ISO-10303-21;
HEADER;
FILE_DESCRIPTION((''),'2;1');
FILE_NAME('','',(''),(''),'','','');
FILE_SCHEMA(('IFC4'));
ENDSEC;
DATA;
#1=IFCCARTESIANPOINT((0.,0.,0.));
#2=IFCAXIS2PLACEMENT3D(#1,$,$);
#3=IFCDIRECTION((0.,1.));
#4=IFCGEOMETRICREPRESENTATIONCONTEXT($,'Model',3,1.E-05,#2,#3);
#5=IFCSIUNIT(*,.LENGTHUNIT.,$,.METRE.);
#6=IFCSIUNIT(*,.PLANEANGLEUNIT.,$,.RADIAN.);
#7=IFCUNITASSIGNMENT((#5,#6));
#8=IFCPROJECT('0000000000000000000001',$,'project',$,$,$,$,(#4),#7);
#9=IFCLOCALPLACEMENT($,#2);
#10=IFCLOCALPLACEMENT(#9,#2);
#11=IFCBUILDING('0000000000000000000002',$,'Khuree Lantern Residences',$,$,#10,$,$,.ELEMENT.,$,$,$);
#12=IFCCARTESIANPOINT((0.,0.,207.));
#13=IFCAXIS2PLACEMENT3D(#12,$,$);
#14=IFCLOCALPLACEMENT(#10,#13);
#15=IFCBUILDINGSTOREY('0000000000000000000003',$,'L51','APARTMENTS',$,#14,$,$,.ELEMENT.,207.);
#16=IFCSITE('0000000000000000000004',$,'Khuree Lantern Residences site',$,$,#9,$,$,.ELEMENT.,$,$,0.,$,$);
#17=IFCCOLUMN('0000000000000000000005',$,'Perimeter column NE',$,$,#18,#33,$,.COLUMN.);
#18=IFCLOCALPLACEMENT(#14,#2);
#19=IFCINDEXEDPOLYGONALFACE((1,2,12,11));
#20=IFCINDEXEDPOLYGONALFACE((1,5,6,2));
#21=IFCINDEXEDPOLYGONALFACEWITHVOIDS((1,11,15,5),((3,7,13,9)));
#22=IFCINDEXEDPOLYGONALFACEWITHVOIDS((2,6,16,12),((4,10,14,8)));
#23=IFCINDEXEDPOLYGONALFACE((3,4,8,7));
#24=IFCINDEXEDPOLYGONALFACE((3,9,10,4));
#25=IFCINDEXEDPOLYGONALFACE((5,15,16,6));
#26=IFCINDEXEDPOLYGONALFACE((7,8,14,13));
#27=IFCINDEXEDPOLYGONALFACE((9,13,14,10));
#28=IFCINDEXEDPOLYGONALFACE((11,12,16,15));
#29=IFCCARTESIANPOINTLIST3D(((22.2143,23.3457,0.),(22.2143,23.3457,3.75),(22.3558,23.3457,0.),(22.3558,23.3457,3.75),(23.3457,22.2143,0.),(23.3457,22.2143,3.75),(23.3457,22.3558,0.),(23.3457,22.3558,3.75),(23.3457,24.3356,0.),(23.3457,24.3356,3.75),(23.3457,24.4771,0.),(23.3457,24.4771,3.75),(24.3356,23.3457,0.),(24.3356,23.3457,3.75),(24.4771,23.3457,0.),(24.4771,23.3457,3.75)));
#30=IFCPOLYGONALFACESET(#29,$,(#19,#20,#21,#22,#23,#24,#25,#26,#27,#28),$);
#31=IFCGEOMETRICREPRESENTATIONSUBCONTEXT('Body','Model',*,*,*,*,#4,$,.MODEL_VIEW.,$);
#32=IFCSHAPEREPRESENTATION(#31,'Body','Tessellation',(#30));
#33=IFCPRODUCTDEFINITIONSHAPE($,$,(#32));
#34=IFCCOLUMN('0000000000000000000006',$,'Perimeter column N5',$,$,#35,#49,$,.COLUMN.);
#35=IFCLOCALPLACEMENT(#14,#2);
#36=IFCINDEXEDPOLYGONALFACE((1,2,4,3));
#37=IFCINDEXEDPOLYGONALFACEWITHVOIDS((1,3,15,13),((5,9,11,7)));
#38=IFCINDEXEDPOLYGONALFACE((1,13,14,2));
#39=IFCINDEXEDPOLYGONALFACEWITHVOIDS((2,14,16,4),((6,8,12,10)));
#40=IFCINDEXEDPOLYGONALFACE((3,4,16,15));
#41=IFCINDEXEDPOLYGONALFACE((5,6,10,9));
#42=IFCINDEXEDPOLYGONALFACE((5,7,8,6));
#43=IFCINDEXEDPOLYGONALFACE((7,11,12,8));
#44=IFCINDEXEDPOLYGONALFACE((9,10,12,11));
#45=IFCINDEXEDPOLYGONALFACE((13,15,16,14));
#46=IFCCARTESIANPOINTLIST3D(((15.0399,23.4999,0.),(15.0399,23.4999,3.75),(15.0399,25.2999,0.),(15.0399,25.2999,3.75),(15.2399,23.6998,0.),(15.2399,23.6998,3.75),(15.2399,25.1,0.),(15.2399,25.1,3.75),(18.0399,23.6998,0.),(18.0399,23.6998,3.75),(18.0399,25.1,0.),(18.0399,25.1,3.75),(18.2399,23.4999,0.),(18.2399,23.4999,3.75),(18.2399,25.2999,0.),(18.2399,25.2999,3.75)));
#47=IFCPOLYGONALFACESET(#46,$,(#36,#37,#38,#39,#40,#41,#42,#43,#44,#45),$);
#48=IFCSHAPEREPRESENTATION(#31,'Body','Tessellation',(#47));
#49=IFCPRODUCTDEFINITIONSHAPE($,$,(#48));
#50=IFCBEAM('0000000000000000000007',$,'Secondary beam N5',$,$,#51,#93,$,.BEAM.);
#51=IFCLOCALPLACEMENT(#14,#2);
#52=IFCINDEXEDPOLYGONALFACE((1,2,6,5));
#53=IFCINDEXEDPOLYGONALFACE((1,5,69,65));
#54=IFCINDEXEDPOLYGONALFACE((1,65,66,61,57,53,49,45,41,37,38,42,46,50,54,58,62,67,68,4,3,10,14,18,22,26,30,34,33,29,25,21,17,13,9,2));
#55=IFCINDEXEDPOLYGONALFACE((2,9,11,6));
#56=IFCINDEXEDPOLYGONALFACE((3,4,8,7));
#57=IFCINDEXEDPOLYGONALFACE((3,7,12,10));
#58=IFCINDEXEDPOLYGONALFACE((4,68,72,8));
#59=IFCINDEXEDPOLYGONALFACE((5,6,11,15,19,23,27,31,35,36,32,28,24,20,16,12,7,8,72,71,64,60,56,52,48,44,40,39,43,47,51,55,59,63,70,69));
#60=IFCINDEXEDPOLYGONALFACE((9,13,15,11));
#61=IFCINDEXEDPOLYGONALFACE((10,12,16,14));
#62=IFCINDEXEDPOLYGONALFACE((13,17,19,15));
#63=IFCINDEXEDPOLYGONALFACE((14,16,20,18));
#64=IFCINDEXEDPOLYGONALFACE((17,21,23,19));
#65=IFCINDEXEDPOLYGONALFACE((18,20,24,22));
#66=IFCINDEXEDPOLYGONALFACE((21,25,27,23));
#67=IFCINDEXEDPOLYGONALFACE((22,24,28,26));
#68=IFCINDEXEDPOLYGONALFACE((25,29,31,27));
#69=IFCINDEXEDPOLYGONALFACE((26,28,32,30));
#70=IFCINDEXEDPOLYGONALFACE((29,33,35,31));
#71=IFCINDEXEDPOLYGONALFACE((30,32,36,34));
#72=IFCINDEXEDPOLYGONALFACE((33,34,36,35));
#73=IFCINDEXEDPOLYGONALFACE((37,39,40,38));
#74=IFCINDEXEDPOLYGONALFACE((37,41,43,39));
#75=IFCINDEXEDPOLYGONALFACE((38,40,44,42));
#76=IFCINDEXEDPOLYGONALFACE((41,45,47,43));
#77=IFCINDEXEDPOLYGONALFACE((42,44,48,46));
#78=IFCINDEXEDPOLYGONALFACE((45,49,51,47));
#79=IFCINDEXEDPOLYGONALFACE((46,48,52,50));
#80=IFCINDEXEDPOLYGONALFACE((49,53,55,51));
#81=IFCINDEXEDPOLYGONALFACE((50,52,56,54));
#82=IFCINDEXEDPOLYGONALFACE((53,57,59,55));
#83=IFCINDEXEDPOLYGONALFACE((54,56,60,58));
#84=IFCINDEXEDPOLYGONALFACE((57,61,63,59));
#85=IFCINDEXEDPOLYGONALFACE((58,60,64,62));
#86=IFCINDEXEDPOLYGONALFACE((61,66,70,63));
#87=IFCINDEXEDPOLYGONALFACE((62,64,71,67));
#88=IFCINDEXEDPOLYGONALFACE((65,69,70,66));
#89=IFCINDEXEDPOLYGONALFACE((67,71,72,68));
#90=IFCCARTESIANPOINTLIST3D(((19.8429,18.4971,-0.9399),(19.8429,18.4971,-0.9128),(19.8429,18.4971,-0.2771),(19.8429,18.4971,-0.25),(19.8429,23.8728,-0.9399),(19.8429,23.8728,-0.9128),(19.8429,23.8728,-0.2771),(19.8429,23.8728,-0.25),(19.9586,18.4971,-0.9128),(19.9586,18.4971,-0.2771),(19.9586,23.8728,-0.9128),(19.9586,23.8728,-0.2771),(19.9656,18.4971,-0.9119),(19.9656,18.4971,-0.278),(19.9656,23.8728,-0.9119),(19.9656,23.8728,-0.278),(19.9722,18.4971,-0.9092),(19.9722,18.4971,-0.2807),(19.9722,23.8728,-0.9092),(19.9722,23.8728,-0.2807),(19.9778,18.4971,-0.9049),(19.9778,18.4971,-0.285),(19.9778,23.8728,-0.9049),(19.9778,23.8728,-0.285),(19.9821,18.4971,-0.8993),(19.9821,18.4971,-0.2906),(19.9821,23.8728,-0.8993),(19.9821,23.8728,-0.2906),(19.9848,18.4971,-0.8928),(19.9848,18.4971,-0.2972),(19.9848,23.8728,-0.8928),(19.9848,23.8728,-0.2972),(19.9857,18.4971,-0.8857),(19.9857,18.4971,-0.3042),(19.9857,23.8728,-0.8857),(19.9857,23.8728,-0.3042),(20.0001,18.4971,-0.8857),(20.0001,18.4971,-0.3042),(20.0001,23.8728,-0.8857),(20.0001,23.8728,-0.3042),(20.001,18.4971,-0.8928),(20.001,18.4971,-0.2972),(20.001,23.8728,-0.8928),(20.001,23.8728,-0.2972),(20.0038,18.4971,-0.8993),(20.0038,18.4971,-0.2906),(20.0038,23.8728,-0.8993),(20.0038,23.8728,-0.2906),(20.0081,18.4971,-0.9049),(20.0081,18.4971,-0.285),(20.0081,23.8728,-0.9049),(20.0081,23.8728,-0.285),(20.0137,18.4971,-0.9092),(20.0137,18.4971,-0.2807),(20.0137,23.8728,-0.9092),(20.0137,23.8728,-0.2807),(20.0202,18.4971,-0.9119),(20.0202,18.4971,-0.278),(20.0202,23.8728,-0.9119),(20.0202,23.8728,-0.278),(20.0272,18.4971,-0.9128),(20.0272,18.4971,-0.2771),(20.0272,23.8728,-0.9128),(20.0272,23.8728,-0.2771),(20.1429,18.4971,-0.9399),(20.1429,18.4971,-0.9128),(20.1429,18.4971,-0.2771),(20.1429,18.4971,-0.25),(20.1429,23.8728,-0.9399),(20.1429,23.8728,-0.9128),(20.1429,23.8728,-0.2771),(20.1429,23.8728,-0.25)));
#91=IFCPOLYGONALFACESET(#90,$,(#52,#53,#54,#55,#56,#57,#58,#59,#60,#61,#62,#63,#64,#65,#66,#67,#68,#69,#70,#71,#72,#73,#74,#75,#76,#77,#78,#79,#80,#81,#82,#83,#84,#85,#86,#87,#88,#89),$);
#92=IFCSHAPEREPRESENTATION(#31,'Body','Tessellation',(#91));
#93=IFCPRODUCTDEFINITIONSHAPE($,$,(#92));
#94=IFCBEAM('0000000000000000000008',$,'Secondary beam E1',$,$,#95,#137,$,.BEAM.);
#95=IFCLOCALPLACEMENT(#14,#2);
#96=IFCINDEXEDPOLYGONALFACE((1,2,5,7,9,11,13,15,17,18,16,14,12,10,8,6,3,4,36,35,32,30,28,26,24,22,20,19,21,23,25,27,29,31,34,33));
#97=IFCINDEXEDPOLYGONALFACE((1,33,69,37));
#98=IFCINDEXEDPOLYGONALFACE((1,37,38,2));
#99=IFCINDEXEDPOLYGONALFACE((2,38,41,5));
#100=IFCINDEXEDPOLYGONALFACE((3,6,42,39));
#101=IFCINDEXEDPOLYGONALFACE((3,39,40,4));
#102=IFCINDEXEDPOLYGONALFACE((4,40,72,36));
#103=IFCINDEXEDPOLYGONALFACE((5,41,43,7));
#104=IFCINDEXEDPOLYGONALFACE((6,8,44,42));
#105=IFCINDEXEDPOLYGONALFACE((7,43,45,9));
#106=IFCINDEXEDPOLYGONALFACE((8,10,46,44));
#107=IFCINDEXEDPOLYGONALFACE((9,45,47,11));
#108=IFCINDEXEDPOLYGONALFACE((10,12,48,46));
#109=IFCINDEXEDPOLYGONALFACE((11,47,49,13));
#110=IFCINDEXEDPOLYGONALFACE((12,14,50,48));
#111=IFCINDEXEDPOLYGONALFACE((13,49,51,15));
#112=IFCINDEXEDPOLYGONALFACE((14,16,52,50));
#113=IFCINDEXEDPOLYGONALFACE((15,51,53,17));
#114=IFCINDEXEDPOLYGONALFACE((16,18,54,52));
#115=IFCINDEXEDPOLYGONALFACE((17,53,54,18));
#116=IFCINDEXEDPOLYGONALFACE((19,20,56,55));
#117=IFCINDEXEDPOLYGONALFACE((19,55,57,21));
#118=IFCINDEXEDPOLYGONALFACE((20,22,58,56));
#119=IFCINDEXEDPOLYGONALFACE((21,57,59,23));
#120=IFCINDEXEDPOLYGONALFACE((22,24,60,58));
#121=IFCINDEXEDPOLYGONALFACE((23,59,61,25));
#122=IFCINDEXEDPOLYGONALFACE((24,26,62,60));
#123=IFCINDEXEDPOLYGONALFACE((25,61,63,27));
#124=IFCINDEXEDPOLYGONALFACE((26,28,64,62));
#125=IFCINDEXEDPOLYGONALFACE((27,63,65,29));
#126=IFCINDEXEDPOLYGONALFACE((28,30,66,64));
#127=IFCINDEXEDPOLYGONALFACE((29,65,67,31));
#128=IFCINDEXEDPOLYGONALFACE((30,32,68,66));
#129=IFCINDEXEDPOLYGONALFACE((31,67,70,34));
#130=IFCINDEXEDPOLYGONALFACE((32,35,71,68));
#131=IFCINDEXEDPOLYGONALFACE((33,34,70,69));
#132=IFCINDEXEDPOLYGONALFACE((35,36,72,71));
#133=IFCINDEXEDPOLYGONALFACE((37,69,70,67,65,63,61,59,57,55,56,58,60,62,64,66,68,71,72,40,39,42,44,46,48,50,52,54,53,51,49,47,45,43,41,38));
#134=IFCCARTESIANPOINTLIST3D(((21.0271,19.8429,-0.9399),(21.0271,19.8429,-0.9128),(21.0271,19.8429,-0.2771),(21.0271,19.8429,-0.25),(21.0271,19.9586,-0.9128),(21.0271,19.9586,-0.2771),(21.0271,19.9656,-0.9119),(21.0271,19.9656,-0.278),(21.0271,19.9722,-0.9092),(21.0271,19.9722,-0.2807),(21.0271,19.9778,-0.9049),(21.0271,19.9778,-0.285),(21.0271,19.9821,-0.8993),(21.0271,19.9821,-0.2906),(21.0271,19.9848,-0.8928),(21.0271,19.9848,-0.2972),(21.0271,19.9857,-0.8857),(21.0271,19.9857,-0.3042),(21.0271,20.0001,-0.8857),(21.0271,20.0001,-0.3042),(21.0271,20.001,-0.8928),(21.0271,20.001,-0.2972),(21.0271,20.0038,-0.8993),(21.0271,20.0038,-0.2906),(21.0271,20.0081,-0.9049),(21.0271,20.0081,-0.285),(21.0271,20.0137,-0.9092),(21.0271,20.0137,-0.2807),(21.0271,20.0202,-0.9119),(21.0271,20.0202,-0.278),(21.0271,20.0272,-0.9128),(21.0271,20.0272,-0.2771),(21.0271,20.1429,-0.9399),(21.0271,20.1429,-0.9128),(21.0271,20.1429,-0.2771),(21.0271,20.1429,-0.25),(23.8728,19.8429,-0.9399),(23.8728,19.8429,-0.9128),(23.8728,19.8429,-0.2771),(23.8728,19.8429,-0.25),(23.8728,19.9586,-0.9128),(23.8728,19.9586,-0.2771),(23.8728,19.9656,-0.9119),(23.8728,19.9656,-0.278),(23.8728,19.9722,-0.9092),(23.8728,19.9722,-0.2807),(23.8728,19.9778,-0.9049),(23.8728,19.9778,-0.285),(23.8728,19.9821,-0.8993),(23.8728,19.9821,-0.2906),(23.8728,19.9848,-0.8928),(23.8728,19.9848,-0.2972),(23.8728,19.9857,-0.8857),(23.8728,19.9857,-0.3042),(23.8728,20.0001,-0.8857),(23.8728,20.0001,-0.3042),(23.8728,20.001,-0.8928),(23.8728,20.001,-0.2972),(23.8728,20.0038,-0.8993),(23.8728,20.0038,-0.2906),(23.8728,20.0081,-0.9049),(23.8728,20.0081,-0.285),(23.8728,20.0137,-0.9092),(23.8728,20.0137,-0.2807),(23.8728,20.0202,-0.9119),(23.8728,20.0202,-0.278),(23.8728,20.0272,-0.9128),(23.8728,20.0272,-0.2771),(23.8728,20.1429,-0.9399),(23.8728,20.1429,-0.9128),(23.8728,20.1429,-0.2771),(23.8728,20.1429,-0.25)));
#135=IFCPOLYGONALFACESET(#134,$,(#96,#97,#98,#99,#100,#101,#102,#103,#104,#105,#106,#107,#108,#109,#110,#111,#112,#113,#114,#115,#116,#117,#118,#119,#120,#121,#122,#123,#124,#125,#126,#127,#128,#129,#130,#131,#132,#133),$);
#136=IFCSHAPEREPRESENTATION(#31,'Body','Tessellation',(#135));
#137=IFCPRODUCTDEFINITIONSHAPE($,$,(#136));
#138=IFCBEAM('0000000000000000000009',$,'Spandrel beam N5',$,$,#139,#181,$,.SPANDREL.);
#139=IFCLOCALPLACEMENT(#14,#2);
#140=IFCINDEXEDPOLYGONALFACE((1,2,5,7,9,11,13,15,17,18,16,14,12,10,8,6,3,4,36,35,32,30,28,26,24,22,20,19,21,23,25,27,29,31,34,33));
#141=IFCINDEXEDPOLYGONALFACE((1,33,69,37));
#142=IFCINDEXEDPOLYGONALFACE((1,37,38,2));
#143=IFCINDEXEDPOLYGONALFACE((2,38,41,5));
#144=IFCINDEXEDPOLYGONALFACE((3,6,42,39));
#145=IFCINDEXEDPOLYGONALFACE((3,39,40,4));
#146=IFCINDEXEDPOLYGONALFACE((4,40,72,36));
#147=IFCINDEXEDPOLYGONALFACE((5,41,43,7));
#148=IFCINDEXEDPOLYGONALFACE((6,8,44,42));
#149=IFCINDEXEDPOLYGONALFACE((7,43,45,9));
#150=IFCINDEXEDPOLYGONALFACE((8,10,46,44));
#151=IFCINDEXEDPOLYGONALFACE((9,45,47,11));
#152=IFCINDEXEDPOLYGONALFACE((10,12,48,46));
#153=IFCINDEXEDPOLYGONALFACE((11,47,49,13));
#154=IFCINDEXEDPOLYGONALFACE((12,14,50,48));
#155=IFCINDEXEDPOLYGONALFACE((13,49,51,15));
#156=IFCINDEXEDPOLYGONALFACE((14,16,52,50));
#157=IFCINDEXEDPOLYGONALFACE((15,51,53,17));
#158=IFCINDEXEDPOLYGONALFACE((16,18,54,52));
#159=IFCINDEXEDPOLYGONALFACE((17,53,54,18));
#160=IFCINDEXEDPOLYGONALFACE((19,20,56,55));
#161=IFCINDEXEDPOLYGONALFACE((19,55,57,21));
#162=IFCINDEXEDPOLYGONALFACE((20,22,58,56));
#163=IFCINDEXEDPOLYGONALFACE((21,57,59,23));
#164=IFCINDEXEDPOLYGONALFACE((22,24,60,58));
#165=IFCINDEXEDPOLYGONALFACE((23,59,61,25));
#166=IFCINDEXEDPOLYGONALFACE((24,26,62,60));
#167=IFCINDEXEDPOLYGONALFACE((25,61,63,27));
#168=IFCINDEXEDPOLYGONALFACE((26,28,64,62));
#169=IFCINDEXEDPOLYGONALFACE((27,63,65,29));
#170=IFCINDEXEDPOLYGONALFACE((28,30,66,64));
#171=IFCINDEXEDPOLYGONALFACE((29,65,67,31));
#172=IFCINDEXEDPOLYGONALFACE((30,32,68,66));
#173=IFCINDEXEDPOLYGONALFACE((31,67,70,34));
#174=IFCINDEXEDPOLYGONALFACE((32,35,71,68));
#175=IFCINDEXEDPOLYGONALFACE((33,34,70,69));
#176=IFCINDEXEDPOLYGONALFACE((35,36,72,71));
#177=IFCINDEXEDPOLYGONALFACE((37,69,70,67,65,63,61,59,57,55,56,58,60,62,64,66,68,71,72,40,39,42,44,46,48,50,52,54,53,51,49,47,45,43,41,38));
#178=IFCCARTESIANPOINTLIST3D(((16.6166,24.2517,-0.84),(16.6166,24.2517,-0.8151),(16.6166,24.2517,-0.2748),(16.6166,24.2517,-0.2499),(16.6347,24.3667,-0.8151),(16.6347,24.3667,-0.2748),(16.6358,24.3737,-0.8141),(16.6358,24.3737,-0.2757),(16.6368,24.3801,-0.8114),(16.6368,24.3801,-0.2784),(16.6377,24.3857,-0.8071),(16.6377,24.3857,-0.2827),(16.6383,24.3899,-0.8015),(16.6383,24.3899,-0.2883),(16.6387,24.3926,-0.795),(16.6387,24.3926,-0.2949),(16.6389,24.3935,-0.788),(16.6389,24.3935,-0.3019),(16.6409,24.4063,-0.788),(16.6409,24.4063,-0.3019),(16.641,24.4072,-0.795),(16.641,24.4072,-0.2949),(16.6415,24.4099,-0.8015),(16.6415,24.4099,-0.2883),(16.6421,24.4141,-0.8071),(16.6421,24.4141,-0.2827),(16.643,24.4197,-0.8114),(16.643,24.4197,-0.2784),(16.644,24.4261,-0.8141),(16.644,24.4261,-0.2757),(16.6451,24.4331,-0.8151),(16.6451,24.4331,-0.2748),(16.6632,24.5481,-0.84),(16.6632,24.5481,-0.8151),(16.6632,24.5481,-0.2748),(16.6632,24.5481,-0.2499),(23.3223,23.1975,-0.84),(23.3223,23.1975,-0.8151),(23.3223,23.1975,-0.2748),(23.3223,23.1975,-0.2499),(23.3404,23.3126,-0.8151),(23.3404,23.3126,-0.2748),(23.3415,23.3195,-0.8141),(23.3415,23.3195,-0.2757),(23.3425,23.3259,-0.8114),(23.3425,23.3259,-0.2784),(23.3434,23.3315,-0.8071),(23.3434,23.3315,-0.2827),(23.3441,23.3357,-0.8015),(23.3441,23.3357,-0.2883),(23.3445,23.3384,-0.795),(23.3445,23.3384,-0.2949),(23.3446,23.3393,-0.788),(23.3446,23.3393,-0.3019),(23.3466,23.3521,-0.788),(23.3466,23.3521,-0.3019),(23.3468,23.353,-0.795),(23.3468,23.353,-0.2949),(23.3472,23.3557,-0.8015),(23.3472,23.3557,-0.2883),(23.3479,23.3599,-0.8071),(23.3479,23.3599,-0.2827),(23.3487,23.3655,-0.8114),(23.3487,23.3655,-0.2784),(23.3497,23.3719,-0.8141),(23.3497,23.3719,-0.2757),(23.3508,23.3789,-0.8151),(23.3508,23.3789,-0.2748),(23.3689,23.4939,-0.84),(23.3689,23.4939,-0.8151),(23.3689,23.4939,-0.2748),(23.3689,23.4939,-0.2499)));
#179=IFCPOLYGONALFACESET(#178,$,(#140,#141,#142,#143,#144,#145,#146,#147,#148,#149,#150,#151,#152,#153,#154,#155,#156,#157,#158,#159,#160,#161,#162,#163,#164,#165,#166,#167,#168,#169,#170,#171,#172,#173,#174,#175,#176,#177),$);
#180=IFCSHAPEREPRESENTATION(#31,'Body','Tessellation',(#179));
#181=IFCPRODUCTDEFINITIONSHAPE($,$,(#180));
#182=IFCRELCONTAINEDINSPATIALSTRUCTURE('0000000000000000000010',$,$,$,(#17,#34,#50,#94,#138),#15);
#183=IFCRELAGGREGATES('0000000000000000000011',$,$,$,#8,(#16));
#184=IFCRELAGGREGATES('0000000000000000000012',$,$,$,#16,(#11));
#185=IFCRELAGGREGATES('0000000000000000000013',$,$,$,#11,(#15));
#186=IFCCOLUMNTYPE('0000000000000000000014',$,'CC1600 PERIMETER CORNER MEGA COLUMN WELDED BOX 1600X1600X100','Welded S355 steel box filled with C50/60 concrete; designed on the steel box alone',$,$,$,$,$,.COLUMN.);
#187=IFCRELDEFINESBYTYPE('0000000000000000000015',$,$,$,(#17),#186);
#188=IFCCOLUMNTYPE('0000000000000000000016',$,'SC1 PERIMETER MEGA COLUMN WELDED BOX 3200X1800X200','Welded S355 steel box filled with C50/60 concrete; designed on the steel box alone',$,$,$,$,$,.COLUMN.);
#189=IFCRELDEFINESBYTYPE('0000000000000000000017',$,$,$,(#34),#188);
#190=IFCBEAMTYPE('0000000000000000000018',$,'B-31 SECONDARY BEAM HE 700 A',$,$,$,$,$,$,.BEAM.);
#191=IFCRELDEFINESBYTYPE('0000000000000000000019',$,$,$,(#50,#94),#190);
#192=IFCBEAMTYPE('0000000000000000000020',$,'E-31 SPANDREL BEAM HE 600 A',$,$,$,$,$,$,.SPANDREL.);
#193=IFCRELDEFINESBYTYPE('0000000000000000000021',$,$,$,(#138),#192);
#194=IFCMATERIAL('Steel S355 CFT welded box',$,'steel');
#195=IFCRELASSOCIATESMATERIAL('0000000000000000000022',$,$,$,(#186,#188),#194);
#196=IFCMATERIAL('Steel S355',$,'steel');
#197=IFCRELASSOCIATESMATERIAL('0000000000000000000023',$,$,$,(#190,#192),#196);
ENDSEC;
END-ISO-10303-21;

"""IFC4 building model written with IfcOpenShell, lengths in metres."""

from ifc_helpers import new_model, si_unit, direction, frame, origin, origin_2d, place, context, subcontext, project, spatial, hollow_rectangle, i_section, extrude, material, material_profile, profile_set, type_object, element, save


model = new_model("IFC4")

# Units and contexts
model_context = context("Model", 3, precision=1e-05, world=origin(), true_north=direction((0.0, 1.0)))
body_context = subcontext(model_context, "Body", "Model", "MODEL_VIEW")
ifc_project = project(units=[si_unit("LENGTHUNIT", "METRE"), si_unit("PLANEANGLEUNIT", "RADIAN")], contexts=[model_context])

# Site, building, storey
site_placement = place(None, origin())
site = spatial("IfcSite", under=ifc_project, at=site_placement, Name="Khuree Lantern Residences site", CompositionType="ELEMENT", RefElevation=0.0)
building_placement = place(site_placement, origin())
building = spatial("IfcBuilding", under=site, at=building_placement, Name="Khuree Lantern Residences", CompositionType="ELEMENT")
storey_placement = place(building_placement, frame((0.0, 0.0, 207.0)))
storey = spatial("IfcBuildingStorey", under=building, at=storey_placement, Name="L51", Description="APARTMENTS", CompositionType="ELEMENT", Elevation=207.0)

# Columns
ifc_material_1 = material(Name="Steel S355 CFT welded box", Category="steel")
ifc_material_profile_1 = material_profile(ifc_material_1, hollow_rectangle(XDim=1.6001, YDim=1.6001, WallThickness=0.1001, at=origin_2d()), Name="WELDED BOX 1600X1600X100")
ifc_profile_set_1 = profile_set([ifc_material_profile_1], Name="Steel S355 CFT welded box")
column_type_1 = type_object("IfcColumnType", Name="CC1600 PERIMETER CORNER MEGA COLUMN WELDED BOX 1600X1600X100", Description="Welded S355 steel box filled with C50/60 concrete; designed on the steel box alone", PredefinedType="COLUMN", material=ifc_profile_set_1)
column_1_placement = place(storey_placement, frame((23.3457, 23.3457, 0.0), z_axis=(0.0, 0.0, 1.0), x_axis=(0.707107, -0.707107, 0.0)))
element("IfcColumn", 1, at=column_1_placement, inside=storey, type_object=column_type_1, Name="Perimeter column NE", PredefinedType="COLUMN", context=body_context, shape_type="SweptSolid", body=[
    extrude(hollow_rectangle(XDim=1.6001, YDim=1.6001, WallThickness=0.1001, at=origin_2d()), origin(), (0.0, 0.0, 1.0), 3.75),
])
ifc_material_profile_2 = material_profile(ifc_material_1, hollow_rectangle(XDim=3.2, YDim=1.8, WallThickness=0.2, at=origin_2d()), Name="WELDED BOX 3200X1800X200")
ifc_profile_set_2 = profile_set([ifc_material_profile_2], Name="Steel S355 CFT welded box")
column_type_2 = type_object("IfcColumnType", Name="SC1 PERIMETER MEGA COLUMN WELDED BOX 3200X1800X200", Description="Welded S355 steel box filled with C50/60 concrete; designed on the steel box alone", PredefinedType="COLUMN", material=ifc_profile_set_2)
column_2_placement = place(storey_placement, frame((16.6399, 24.3999, 0.0), z_axis=(0.0, 0.0, 1.0), x_axis=(1.0, 0.0, 0.0)))
element("IfcColumn", 2, at=column_2_placement, inside=storey, type_object=column_type_2, Name="Perimeter column N5", PredefinedType="COLUMN", context=body_context, shape_type="SweptSolid", body=[
    extrude(hollow_rectangle(XDim=3.2, YDim=1.8, WallThickness=0.2, at=origin_2d()), origin(), (0.0, 0.0, 1.0), 3.75),
])

# Beams
ifc_material_2 = material(Name="Steel S355", Category="steel")
ifc_material_profile_3 = material_profile(ifc_material_2, i_section(OverallWidth=0.3, OverallDepth=0.6899, WebThickness=0.0144, FlangeThickness=0.0271, FilletRadius=0.0271, at=origin_2d()), Name="HE 700 A")
ifc_profile_set_3 = profile_set([ifc_material_profile_3], Name="Steel S355")
beam_type_1 = type_object("IfcBeamType", Name="B-31 SECONDARY BEAM HE 700 A", PredefinedType="BEAM", material=ifc_profile_set_3)
beam_1_placement = place(storey_placement, frame((19.9929, 23.8728, -0.595), z_axis=(0.0, -1.0, 0.0), x_axis=(1.0, 0.0, 0.0)))
element("IfcBeam", 3, at=beam_1_placement, inside=storey, type_object=beam_type_1, Name="Secondary beam N5", PredefinedType="BEAM", context=body_context, shape_type="SweptSolid", body=[
    extrude(i_section(OverallWidth=0.3, OverallDepth=0.6899, WebThickness=0.0144, FlangeThickness=0.0271, FilletRadius=0.0271, at=origin_2d()), origin(), (0.0, 0.0, 1.0), 5.3757),
])
beam_2_placement = place(storey_placement, frame((23.8728, 19.9929, -0.595), z_axis=(-1.0, 0.0, 0.0), x_axis=(0.0, -1.0, 0.0)))
element("IfcBeam", 4, at=beam_2_placement, inside=storey, type_object=beam_type_1, Name="Secondary beam E1", PredefinedType="BEAM", context=body_context, shape_type="SweptSolid", body=[
    extrude(i_section(OverallWidth=0.3, OverallDepth=0.6899, WebThickness=0.0144, FlangeThickness=0.0271, FilletRadius=0.0271, at=origin_2d()), origin(), (0.0, 0.0, 1.0), 2.8457),
])
ifc_material_profile_4 = material_profile(ifc_material_2, i_section(OverallWidth=0.3, OverallDepth=0.5901, WebThickness=0.0129, FlangeThickness=0.0249, FilletRadius=0.0271, at=origin_2d()), Name="HE 600 A")
ifc_profile_set_4 = profile_set([ifc_material_profile_4], Name="Steel S355")
beam_type_2 = type_object("IfcBeamType", Name="E-31 SPANDREL BEAM HE 600 A", PredefinedType="SPANDREL", material=ifc_profile_set_4)
for number, where, z_axis, x_axis, name in (
    (5, (16.6399, 24.3999, -0.5449), (0.987867, -0.1553, 0.0), (0.1553, 0.987867, 0.0), "Spandrel beam N5"),
):
    element("IfcBeam", number, at=place(storey_placement, frame(where, z_axis=z_axis, x_axis=x_axis)), inside=storey, type_object=beam_type_2, Name=name, PredefinedType="SPANDREL", context=body_context, shape_type="SweptSolid", body=[
        extrude(i_section(OverallWidth=0.3, OverallDepth=0.5901, WebThickness=0.0129, FlangeThickness=0.0249, FilletRadius=0.0271, at=origin_2d()), origin(), (0.0, 0.0, 1.0), 6.7881),
    ])

save(model, "model.ifc")
